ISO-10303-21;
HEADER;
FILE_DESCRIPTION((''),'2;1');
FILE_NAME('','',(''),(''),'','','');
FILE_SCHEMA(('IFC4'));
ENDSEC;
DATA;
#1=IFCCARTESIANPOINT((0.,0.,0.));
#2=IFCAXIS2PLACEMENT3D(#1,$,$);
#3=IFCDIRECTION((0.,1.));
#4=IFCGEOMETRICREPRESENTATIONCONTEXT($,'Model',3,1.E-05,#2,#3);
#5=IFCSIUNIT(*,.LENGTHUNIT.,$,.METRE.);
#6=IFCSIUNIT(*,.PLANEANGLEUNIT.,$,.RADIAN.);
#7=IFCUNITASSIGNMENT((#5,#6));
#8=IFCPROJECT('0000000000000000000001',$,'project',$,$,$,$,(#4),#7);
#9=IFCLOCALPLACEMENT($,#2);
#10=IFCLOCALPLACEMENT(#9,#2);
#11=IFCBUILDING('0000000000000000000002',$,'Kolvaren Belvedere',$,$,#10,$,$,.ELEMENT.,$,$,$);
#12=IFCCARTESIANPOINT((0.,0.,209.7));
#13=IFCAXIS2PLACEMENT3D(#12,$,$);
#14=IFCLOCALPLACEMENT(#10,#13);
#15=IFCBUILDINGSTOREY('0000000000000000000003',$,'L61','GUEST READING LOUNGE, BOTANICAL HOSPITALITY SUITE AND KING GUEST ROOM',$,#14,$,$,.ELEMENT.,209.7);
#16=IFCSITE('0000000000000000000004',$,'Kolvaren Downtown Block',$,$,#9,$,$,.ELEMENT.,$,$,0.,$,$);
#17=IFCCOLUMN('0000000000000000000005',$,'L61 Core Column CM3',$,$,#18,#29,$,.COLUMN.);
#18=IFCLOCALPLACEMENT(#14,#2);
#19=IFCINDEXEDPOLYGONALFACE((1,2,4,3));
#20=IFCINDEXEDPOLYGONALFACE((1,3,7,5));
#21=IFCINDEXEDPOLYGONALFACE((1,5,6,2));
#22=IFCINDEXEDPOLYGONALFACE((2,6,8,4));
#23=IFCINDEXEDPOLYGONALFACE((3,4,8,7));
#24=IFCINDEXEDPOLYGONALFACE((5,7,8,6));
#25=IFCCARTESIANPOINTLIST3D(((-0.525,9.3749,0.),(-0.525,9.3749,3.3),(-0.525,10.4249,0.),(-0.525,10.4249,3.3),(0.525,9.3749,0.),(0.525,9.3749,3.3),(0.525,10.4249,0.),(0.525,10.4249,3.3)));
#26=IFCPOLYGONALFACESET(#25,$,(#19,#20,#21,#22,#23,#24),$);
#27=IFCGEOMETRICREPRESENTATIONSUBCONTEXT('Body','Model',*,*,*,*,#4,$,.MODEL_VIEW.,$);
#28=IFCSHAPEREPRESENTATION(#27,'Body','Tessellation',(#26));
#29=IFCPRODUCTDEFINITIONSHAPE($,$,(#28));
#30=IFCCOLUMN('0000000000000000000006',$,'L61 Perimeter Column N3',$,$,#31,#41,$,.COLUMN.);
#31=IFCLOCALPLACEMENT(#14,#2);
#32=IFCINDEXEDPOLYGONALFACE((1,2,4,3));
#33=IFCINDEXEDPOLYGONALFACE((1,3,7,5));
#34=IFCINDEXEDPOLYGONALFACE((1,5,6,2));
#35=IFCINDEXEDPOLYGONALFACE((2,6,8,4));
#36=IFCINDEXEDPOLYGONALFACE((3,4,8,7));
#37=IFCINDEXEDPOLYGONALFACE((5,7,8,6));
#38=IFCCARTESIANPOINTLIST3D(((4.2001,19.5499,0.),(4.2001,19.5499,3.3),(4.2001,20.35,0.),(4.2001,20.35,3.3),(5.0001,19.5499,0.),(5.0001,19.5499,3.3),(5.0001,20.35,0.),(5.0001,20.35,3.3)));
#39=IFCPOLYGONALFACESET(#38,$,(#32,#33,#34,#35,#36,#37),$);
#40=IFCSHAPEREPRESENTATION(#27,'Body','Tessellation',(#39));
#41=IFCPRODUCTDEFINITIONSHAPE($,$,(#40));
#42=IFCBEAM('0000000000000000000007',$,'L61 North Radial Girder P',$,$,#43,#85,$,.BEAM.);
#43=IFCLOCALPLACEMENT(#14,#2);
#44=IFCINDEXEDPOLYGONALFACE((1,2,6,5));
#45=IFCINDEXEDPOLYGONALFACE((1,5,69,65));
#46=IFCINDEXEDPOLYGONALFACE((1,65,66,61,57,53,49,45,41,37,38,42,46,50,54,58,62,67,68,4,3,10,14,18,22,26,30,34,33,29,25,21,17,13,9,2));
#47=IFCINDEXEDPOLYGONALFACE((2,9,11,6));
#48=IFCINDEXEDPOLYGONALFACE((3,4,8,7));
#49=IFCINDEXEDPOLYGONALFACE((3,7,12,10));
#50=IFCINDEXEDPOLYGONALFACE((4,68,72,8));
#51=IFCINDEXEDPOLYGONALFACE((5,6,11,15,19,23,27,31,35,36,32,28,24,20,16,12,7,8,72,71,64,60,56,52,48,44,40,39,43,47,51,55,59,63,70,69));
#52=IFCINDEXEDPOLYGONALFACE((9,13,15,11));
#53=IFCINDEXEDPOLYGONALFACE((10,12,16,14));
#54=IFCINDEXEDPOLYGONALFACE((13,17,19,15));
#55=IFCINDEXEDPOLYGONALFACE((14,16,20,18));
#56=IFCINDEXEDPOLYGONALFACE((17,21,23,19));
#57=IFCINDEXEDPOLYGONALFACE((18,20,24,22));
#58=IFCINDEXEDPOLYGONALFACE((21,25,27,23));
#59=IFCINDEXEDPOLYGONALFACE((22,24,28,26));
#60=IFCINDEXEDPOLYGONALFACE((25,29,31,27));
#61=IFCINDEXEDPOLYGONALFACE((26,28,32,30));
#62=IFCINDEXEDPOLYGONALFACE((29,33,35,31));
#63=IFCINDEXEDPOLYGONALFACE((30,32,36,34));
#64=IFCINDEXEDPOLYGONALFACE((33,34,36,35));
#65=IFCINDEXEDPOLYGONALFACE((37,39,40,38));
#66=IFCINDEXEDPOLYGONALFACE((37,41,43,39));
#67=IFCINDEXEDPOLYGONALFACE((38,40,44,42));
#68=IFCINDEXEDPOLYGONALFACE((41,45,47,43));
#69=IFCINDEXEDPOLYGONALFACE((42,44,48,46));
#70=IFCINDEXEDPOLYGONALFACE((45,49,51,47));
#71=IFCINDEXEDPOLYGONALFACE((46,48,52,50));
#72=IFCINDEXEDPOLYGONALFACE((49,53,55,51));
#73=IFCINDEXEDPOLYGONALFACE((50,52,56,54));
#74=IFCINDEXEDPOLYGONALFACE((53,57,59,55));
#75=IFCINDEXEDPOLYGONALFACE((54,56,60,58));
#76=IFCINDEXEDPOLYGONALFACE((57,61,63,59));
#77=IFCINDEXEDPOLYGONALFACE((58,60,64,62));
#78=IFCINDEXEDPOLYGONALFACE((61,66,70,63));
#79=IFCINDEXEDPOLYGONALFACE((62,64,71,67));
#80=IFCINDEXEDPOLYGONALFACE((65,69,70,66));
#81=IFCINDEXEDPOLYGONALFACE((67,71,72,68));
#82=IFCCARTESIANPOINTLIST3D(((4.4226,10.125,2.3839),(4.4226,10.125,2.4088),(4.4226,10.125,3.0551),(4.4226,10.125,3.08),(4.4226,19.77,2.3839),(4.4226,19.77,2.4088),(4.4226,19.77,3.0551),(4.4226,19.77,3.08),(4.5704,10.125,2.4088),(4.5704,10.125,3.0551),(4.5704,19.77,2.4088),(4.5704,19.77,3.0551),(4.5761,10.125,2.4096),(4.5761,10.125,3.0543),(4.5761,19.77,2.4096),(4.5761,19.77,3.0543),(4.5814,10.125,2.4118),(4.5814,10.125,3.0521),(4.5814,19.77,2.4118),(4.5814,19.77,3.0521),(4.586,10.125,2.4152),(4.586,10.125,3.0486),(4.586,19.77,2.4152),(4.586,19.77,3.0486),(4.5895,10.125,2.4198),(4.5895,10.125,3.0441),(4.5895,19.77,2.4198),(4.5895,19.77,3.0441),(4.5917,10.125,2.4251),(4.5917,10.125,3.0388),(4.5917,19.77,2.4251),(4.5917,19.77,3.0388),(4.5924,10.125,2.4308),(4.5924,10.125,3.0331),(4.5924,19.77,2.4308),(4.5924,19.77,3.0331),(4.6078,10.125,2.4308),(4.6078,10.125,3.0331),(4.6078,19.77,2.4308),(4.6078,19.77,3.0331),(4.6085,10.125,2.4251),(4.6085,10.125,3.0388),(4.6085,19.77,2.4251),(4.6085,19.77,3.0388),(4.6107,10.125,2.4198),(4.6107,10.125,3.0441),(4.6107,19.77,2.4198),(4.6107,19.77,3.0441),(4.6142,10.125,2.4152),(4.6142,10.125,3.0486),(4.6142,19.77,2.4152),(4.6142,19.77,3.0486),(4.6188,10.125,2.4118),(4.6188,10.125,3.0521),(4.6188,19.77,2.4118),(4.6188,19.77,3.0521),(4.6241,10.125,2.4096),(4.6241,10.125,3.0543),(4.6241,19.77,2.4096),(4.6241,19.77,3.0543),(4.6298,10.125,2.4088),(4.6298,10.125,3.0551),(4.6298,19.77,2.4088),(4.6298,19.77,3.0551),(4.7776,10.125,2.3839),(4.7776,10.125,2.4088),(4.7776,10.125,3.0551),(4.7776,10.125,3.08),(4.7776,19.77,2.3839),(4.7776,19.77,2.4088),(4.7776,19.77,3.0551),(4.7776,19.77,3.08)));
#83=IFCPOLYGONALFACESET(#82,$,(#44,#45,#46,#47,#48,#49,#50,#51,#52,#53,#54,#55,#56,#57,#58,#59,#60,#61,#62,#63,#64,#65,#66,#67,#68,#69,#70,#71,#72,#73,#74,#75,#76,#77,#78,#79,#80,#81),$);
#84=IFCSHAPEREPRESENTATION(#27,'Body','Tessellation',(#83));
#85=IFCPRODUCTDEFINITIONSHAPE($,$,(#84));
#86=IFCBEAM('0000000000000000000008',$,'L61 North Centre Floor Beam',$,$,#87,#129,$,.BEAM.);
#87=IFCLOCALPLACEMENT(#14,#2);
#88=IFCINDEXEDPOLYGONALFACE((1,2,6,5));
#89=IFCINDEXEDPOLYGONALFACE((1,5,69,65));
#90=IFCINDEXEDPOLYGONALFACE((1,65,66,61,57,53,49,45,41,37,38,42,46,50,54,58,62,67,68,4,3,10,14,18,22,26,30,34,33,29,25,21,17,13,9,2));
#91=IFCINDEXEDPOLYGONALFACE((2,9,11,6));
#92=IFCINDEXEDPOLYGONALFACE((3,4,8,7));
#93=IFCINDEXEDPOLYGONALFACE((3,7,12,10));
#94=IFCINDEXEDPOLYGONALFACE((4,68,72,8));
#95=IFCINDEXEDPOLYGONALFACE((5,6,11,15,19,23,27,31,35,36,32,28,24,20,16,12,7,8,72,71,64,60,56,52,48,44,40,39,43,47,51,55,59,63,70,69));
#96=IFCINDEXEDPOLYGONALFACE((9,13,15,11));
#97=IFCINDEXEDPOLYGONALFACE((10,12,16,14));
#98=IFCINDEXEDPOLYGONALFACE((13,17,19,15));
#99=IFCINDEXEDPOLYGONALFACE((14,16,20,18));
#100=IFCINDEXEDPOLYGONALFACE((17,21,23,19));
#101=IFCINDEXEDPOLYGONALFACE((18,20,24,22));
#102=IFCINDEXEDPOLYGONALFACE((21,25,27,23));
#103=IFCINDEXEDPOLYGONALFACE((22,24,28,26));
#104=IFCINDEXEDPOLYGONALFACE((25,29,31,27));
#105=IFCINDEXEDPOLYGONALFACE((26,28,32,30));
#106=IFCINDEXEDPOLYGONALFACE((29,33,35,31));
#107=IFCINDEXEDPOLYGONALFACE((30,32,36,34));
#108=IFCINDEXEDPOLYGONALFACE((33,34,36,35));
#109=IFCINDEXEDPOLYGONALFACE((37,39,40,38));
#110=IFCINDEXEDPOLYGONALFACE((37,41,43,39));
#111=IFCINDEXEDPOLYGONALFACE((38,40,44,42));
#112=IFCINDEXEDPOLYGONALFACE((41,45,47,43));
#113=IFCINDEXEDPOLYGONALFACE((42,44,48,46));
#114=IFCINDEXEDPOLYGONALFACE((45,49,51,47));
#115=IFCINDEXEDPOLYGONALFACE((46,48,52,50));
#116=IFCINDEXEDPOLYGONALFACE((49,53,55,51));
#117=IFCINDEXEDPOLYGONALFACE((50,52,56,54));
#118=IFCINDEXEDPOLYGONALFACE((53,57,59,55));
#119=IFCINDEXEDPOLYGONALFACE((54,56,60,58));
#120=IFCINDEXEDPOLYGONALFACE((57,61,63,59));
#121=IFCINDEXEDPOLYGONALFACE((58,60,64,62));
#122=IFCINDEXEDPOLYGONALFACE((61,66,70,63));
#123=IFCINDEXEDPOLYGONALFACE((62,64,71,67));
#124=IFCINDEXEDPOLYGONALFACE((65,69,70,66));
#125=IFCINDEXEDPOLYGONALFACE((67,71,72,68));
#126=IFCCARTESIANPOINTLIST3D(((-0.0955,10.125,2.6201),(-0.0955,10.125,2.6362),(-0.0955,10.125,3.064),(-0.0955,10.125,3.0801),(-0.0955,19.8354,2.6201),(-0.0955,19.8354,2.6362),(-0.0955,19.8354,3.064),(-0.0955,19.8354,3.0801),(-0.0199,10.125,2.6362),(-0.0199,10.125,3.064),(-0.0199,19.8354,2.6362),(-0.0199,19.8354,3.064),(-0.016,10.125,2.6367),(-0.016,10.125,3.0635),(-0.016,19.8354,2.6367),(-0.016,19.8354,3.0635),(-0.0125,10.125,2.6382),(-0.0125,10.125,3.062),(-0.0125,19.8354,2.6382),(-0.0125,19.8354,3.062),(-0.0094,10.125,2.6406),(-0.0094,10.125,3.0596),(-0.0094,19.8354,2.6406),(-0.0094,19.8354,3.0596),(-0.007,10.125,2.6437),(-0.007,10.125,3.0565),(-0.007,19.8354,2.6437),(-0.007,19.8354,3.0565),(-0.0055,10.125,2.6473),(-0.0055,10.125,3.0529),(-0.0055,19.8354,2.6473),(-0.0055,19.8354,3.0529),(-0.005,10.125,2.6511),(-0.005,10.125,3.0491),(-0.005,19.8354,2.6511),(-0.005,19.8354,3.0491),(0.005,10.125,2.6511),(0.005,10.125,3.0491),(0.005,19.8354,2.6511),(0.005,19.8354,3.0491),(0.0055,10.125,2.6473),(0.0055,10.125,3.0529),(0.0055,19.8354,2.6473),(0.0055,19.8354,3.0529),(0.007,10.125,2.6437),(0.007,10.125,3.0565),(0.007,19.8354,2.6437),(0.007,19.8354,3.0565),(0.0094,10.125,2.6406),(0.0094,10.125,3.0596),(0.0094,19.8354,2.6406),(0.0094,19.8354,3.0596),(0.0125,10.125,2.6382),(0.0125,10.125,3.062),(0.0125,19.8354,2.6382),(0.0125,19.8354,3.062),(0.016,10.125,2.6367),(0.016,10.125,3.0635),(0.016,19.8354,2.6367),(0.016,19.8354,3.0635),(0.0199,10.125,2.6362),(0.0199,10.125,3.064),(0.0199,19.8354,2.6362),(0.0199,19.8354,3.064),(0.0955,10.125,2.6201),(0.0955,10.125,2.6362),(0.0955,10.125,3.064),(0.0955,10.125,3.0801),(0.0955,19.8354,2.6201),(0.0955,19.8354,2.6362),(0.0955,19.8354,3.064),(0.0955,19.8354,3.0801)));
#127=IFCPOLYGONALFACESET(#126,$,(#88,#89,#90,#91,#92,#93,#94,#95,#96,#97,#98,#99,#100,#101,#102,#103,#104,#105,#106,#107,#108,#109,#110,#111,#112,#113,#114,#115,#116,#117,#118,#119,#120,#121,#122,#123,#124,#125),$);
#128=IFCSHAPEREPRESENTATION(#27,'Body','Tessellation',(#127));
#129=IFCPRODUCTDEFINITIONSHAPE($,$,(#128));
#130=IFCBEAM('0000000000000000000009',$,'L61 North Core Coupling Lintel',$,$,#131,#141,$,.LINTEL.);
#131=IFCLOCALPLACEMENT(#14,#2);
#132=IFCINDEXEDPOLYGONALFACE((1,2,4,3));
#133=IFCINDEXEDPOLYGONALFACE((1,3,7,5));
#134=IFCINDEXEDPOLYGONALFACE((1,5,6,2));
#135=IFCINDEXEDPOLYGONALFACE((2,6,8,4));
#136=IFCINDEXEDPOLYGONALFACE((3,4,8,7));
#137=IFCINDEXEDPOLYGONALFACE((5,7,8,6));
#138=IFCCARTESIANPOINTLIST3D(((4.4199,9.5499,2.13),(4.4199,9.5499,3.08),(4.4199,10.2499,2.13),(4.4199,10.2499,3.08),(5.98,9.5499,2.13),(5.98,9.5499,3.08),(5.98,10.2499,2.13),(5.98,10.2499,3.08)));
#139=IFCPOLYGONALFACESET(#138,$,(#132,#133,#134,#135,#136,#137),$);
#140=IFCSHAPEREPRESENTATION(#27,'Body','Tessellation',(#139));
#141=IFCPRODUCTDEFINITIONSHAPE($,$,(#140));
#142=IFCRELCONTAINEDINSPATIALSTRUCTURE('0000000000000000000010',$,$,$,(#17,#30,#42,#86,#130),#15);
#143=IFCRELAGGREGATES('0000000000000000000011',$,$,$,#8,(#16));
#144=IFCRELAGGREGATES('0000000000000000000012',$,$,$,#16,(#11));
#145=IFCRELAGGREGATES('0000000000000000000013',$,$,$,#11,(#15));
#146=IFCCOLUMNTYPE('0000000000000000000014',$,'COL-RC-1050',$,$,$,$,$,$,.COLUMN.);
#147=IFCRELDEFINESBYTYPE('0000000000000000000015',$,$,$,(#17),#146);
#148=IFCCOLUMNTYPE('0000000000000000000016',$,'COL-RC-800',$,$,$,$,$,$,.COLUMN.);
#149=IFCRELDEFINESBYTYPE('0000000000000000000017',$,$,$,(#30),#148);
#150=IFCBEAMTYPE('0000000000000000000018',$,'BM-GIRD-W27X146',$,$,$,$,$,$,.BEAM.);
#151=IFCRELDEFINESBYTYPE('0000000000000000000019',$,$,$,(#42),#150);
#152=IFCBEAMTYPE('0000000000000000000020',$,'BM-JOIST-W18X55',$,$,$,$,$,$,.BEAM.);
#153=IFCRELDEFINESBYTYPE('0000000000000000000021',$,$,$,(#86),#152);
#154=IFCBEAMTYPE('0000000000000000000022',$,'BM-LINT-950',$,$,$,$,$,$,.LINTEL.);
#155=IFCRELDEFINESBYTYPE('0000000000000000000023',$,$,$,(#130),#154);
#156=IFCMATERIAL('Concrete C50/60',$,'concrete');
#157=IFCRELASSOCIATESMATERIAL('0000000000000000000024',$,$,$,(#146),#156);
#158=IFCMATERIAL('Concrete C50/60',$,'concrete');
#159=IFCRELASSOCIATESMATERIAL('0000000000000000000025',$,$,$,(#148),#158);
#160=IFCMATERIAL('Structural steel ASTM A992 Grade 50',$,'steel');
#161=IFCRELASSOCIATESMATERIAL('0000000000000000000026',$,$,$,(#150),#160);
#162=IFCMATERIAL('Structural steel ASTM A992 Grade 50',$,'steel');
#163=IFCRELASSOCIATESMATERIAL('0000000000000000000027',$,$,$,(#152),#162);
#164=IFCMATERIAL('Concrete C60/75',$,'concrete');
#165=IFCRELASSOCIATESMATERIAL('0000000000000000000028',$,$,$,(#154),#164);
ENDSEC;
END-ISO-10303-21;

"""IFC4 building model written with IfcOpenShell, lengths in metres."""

from ifc_helpers import new_model, si_unit, direction, frame, origin, origin_2d, place, context, subcontext, project, spatial, rectangle, i_section, extrude, material, material_profile, profile_set, type_object, element, save


model = new_model("IFC4")

# Units and contexts
model_context = context("Model", 3, precision=1e-05, world=origin(), true_north=direction((0.0, 1.0)))
body_context = subcontext(model_context, "Body", "Model", "MODEL_VIEW")
ifc_project = project(units=[si_unit("LENGTHUNIT", "METRE"), si_unit("PLANEANGLEUNIT", "RADIAN")], contexts=[model_context])

# Site, building, storey
site_placement = place(None, origin())
site = spatial("IfcSite", under=ifc_project, at=site_placement, Name="Kolvaren Downtown Block", CompositionType="ELEMENT", RefElevation=0.0)
building_placement = place(site_placement, origin())
building = spatial("IfcBuilding", under=site, at=building_placement, Name="Kolvaren Belvedere", CompositionType="ELEMENT")
storey_placement = place(building_placement, frame((0.0, 0.0, 209.7)))
storey = spatial("IfcBuildingStorey", under=building, at=storey_placement, Name="L61", Description="GUEST READING LOUNGE, BOTANICAL HOSPITALITY SUITE AND KING GUEST ROOM", CompositionType="ELEMENT", Elevation=209.7)

# Columns
ifc_material_1 = material(Name="Concrete C50/60", Category="concrete")
ifc_material_profile_1 = material_profile(ifc_material_1, rectangle(XDim=1.05, YDim=1.05, at=origin_2d()), Name="RC 1050X1050")
ifc_profile_set_1 = profile_set([ifc_material_profile_1], Name="Concrete C50/60")
column_type_1 = type_object("IfcColumnType", Name="COL-RC-1050", PredefinedType="COLUMN", material=ifc_profile_set_1)
column_1_placement = place(storey_placement, frame((0.0, 9.8999, 0.0), z_axis=(0.0, 0.0, 1.0), x_axis=(1.0, 0.0, 0.0)))
element("IfcColumn", 1, at=column_1_placement, inside=storey, type_object=column_type_1, Name="L61 Core Column CM3", PredefinedType="COLUMN", context=body_context, shape_type="SweptSolid", body=[
    extrude(rectangle(XDim=1.05, YDim=1.05, at=origin_2d()), origin(), (0.0, 0.0, 1.0), 3.3),
])
ifc_material_2 = material(Name="Concrete C50/60", Category="concrete")
ifc_material_profile_2 = material_profile(ifc_material_2, rectangle(XDim=0.8, YDim=0.8, at=origin_2d()), Name="RC 800X800")
ifc_profile_set_2 = profile_set([ifc_material_profile_2], Name="Concrete C50/60")
column_type_2 = type_object("IfcColumnType", Name="COL-RC-800", PredefinedType="COLUMN", material=ifc_profile_set_2)
column_2_placement = place(storey_placement, frame((4.6001, 19.95, 0.0), z_axis=(0.0, 0.0, 1.0), x_axis=(1.0, 0.0, 0.0)))
element("IfcColumn", 2, at=column_2_placement, inside=storey, type_object=column_type_2, Name="L61 Perimeter Column N3", PredefinedType="COLUMN", context=body_context, shape_type="SweptSolid", body=[
    extrude(rectangle(XDim=0.8, YDim=0.8, at=origin_2d()), origin(), (0.0, 0.0, 1.0), 3.3),
])

# Beams
ifc_material_3 = material(Name="Structural steel ASTM A992 Grade 50", Category="steel")
ifc_material_profile_3 = material_profile(ifc_material_3, i_section(OverallWidth=0.355, OverallDepth=0.696, WebThickness=0.0154, FlangeThickness=0.0249, FilletRadius=0.022, at=origin_2d()), Name="W27X146")
ifc_profile_set_3 = profile_set([ifc_material_profile_3], Name="Structural steel ASTM A992 Grade 50")
beam_type_1 = type_object("IfcBeamType", Name="BM-GIRD-W27X146", PredefinedType="BEAM", material=ifc_profile_set_3)
beam_1_placement = place(storey_placement, frame((4.6001, 10.125, 2.7319), z_axis=(0.0, 1.0, 0.0), x_axis=(-1.0, 0.0, 0.0)))
element("IfcBeam", 3, at=beam_1_placement, inside=storey, type_object=beam_type_1, Name="L61 North Radial Girder P", PredefinedType="BEAM", context=body_context, shape_type="SweptSolid", body=[
    extrude(i_section(OverallWidth=0.355, OverallDepth=0.696, WebThickness=0.0154, FlangeThickness=0.0249, FilletRadius=0.022, at=origin_2d()), origin(), (0.0, 0.0, 1.0), 9.645),
])
ifc_material_4 = material(Name="Structural steel ASTM A992 Grade 50", Category="steel")
ifc_material_profile_4 = material_profile(ifc_material_4, i_section(OverallWidth=0.1909, OverallDepth=0.46, WebThickness=0.01, FlangeThickness=0.0161, FilletRadius=0.0149, at=origin_2d()), Name="W18X55")
ifc_profile_set_4 = profile_set([ifc_material_profile_4], Name="Structural steel ASTM A992 Grade 50")
beam_type_2 = type_object("IfcBeamType", Name="BM-JOIST-W18X55", PredefinedType="BEAM", material=ifc_profile_set_4)
beam_2_placement = place(storey_placement, frame((0.0, 10.125, 2.8501), z_axis=(0.0, 1.0, 0.0), x_axis=(-1.0, 0.0, 0.0)))
element("IfcBeam", 4, at=beam_2_placement, inside=storey, type_object=beam_type_2, Name="L61 North Centre Floor Beam", PredefinedType="BEAM", context=body_context, shape_type="SweptSolid", body=[
    extrude(i_section(OverallWidth=0.1909, OverallDepth=0.46, WebThickness=0.01, FlangeThickness=0.0161, FilletRadius=0.0149, at=origin_2d()), origin(), (0.0, 0.0, 1.0), 9.7104),
])
ifc_material_5 = material(Name="Concrete C60/75", Category="concrete")
ifc_material_profile_5 = material_profile(ifc_material_5, rectangle(XDim=0.7, YDim=0.95, at=origin_2d()), Name="RC 700X950")
ifc_profile_set_5 = profile_set([ifc_material_profile_5], Name="Concrete C60/75")
beam_type_3 = type_object("IfcBeamType", Name="BM-LINT-950", PredefinedType="LINTEL", material=ifc_profile_set_5)
beam_3_placement = place(storey_placement, frame((4.4199, 9.8999, 2.605), z_axis=(1.0, 0.0, 0.0), x_axis=(0.0, 1.0, 0.0)))
element("IfcBeam", 5, at=beam_3_placement, inside=storey, type_object=beam_type_3, Name="L61 North Core Coupling Lintel", PredefinedType="LINTEL", context=body_context, shape_type="SweptSolid", body=[
    extrude(rectangle(XDim=0.7, YDim=0.95, at=origin_2d()), origin(), (0.0, 0.0, 1.0), 1.5601),
])

save(model, "model.ifc")
